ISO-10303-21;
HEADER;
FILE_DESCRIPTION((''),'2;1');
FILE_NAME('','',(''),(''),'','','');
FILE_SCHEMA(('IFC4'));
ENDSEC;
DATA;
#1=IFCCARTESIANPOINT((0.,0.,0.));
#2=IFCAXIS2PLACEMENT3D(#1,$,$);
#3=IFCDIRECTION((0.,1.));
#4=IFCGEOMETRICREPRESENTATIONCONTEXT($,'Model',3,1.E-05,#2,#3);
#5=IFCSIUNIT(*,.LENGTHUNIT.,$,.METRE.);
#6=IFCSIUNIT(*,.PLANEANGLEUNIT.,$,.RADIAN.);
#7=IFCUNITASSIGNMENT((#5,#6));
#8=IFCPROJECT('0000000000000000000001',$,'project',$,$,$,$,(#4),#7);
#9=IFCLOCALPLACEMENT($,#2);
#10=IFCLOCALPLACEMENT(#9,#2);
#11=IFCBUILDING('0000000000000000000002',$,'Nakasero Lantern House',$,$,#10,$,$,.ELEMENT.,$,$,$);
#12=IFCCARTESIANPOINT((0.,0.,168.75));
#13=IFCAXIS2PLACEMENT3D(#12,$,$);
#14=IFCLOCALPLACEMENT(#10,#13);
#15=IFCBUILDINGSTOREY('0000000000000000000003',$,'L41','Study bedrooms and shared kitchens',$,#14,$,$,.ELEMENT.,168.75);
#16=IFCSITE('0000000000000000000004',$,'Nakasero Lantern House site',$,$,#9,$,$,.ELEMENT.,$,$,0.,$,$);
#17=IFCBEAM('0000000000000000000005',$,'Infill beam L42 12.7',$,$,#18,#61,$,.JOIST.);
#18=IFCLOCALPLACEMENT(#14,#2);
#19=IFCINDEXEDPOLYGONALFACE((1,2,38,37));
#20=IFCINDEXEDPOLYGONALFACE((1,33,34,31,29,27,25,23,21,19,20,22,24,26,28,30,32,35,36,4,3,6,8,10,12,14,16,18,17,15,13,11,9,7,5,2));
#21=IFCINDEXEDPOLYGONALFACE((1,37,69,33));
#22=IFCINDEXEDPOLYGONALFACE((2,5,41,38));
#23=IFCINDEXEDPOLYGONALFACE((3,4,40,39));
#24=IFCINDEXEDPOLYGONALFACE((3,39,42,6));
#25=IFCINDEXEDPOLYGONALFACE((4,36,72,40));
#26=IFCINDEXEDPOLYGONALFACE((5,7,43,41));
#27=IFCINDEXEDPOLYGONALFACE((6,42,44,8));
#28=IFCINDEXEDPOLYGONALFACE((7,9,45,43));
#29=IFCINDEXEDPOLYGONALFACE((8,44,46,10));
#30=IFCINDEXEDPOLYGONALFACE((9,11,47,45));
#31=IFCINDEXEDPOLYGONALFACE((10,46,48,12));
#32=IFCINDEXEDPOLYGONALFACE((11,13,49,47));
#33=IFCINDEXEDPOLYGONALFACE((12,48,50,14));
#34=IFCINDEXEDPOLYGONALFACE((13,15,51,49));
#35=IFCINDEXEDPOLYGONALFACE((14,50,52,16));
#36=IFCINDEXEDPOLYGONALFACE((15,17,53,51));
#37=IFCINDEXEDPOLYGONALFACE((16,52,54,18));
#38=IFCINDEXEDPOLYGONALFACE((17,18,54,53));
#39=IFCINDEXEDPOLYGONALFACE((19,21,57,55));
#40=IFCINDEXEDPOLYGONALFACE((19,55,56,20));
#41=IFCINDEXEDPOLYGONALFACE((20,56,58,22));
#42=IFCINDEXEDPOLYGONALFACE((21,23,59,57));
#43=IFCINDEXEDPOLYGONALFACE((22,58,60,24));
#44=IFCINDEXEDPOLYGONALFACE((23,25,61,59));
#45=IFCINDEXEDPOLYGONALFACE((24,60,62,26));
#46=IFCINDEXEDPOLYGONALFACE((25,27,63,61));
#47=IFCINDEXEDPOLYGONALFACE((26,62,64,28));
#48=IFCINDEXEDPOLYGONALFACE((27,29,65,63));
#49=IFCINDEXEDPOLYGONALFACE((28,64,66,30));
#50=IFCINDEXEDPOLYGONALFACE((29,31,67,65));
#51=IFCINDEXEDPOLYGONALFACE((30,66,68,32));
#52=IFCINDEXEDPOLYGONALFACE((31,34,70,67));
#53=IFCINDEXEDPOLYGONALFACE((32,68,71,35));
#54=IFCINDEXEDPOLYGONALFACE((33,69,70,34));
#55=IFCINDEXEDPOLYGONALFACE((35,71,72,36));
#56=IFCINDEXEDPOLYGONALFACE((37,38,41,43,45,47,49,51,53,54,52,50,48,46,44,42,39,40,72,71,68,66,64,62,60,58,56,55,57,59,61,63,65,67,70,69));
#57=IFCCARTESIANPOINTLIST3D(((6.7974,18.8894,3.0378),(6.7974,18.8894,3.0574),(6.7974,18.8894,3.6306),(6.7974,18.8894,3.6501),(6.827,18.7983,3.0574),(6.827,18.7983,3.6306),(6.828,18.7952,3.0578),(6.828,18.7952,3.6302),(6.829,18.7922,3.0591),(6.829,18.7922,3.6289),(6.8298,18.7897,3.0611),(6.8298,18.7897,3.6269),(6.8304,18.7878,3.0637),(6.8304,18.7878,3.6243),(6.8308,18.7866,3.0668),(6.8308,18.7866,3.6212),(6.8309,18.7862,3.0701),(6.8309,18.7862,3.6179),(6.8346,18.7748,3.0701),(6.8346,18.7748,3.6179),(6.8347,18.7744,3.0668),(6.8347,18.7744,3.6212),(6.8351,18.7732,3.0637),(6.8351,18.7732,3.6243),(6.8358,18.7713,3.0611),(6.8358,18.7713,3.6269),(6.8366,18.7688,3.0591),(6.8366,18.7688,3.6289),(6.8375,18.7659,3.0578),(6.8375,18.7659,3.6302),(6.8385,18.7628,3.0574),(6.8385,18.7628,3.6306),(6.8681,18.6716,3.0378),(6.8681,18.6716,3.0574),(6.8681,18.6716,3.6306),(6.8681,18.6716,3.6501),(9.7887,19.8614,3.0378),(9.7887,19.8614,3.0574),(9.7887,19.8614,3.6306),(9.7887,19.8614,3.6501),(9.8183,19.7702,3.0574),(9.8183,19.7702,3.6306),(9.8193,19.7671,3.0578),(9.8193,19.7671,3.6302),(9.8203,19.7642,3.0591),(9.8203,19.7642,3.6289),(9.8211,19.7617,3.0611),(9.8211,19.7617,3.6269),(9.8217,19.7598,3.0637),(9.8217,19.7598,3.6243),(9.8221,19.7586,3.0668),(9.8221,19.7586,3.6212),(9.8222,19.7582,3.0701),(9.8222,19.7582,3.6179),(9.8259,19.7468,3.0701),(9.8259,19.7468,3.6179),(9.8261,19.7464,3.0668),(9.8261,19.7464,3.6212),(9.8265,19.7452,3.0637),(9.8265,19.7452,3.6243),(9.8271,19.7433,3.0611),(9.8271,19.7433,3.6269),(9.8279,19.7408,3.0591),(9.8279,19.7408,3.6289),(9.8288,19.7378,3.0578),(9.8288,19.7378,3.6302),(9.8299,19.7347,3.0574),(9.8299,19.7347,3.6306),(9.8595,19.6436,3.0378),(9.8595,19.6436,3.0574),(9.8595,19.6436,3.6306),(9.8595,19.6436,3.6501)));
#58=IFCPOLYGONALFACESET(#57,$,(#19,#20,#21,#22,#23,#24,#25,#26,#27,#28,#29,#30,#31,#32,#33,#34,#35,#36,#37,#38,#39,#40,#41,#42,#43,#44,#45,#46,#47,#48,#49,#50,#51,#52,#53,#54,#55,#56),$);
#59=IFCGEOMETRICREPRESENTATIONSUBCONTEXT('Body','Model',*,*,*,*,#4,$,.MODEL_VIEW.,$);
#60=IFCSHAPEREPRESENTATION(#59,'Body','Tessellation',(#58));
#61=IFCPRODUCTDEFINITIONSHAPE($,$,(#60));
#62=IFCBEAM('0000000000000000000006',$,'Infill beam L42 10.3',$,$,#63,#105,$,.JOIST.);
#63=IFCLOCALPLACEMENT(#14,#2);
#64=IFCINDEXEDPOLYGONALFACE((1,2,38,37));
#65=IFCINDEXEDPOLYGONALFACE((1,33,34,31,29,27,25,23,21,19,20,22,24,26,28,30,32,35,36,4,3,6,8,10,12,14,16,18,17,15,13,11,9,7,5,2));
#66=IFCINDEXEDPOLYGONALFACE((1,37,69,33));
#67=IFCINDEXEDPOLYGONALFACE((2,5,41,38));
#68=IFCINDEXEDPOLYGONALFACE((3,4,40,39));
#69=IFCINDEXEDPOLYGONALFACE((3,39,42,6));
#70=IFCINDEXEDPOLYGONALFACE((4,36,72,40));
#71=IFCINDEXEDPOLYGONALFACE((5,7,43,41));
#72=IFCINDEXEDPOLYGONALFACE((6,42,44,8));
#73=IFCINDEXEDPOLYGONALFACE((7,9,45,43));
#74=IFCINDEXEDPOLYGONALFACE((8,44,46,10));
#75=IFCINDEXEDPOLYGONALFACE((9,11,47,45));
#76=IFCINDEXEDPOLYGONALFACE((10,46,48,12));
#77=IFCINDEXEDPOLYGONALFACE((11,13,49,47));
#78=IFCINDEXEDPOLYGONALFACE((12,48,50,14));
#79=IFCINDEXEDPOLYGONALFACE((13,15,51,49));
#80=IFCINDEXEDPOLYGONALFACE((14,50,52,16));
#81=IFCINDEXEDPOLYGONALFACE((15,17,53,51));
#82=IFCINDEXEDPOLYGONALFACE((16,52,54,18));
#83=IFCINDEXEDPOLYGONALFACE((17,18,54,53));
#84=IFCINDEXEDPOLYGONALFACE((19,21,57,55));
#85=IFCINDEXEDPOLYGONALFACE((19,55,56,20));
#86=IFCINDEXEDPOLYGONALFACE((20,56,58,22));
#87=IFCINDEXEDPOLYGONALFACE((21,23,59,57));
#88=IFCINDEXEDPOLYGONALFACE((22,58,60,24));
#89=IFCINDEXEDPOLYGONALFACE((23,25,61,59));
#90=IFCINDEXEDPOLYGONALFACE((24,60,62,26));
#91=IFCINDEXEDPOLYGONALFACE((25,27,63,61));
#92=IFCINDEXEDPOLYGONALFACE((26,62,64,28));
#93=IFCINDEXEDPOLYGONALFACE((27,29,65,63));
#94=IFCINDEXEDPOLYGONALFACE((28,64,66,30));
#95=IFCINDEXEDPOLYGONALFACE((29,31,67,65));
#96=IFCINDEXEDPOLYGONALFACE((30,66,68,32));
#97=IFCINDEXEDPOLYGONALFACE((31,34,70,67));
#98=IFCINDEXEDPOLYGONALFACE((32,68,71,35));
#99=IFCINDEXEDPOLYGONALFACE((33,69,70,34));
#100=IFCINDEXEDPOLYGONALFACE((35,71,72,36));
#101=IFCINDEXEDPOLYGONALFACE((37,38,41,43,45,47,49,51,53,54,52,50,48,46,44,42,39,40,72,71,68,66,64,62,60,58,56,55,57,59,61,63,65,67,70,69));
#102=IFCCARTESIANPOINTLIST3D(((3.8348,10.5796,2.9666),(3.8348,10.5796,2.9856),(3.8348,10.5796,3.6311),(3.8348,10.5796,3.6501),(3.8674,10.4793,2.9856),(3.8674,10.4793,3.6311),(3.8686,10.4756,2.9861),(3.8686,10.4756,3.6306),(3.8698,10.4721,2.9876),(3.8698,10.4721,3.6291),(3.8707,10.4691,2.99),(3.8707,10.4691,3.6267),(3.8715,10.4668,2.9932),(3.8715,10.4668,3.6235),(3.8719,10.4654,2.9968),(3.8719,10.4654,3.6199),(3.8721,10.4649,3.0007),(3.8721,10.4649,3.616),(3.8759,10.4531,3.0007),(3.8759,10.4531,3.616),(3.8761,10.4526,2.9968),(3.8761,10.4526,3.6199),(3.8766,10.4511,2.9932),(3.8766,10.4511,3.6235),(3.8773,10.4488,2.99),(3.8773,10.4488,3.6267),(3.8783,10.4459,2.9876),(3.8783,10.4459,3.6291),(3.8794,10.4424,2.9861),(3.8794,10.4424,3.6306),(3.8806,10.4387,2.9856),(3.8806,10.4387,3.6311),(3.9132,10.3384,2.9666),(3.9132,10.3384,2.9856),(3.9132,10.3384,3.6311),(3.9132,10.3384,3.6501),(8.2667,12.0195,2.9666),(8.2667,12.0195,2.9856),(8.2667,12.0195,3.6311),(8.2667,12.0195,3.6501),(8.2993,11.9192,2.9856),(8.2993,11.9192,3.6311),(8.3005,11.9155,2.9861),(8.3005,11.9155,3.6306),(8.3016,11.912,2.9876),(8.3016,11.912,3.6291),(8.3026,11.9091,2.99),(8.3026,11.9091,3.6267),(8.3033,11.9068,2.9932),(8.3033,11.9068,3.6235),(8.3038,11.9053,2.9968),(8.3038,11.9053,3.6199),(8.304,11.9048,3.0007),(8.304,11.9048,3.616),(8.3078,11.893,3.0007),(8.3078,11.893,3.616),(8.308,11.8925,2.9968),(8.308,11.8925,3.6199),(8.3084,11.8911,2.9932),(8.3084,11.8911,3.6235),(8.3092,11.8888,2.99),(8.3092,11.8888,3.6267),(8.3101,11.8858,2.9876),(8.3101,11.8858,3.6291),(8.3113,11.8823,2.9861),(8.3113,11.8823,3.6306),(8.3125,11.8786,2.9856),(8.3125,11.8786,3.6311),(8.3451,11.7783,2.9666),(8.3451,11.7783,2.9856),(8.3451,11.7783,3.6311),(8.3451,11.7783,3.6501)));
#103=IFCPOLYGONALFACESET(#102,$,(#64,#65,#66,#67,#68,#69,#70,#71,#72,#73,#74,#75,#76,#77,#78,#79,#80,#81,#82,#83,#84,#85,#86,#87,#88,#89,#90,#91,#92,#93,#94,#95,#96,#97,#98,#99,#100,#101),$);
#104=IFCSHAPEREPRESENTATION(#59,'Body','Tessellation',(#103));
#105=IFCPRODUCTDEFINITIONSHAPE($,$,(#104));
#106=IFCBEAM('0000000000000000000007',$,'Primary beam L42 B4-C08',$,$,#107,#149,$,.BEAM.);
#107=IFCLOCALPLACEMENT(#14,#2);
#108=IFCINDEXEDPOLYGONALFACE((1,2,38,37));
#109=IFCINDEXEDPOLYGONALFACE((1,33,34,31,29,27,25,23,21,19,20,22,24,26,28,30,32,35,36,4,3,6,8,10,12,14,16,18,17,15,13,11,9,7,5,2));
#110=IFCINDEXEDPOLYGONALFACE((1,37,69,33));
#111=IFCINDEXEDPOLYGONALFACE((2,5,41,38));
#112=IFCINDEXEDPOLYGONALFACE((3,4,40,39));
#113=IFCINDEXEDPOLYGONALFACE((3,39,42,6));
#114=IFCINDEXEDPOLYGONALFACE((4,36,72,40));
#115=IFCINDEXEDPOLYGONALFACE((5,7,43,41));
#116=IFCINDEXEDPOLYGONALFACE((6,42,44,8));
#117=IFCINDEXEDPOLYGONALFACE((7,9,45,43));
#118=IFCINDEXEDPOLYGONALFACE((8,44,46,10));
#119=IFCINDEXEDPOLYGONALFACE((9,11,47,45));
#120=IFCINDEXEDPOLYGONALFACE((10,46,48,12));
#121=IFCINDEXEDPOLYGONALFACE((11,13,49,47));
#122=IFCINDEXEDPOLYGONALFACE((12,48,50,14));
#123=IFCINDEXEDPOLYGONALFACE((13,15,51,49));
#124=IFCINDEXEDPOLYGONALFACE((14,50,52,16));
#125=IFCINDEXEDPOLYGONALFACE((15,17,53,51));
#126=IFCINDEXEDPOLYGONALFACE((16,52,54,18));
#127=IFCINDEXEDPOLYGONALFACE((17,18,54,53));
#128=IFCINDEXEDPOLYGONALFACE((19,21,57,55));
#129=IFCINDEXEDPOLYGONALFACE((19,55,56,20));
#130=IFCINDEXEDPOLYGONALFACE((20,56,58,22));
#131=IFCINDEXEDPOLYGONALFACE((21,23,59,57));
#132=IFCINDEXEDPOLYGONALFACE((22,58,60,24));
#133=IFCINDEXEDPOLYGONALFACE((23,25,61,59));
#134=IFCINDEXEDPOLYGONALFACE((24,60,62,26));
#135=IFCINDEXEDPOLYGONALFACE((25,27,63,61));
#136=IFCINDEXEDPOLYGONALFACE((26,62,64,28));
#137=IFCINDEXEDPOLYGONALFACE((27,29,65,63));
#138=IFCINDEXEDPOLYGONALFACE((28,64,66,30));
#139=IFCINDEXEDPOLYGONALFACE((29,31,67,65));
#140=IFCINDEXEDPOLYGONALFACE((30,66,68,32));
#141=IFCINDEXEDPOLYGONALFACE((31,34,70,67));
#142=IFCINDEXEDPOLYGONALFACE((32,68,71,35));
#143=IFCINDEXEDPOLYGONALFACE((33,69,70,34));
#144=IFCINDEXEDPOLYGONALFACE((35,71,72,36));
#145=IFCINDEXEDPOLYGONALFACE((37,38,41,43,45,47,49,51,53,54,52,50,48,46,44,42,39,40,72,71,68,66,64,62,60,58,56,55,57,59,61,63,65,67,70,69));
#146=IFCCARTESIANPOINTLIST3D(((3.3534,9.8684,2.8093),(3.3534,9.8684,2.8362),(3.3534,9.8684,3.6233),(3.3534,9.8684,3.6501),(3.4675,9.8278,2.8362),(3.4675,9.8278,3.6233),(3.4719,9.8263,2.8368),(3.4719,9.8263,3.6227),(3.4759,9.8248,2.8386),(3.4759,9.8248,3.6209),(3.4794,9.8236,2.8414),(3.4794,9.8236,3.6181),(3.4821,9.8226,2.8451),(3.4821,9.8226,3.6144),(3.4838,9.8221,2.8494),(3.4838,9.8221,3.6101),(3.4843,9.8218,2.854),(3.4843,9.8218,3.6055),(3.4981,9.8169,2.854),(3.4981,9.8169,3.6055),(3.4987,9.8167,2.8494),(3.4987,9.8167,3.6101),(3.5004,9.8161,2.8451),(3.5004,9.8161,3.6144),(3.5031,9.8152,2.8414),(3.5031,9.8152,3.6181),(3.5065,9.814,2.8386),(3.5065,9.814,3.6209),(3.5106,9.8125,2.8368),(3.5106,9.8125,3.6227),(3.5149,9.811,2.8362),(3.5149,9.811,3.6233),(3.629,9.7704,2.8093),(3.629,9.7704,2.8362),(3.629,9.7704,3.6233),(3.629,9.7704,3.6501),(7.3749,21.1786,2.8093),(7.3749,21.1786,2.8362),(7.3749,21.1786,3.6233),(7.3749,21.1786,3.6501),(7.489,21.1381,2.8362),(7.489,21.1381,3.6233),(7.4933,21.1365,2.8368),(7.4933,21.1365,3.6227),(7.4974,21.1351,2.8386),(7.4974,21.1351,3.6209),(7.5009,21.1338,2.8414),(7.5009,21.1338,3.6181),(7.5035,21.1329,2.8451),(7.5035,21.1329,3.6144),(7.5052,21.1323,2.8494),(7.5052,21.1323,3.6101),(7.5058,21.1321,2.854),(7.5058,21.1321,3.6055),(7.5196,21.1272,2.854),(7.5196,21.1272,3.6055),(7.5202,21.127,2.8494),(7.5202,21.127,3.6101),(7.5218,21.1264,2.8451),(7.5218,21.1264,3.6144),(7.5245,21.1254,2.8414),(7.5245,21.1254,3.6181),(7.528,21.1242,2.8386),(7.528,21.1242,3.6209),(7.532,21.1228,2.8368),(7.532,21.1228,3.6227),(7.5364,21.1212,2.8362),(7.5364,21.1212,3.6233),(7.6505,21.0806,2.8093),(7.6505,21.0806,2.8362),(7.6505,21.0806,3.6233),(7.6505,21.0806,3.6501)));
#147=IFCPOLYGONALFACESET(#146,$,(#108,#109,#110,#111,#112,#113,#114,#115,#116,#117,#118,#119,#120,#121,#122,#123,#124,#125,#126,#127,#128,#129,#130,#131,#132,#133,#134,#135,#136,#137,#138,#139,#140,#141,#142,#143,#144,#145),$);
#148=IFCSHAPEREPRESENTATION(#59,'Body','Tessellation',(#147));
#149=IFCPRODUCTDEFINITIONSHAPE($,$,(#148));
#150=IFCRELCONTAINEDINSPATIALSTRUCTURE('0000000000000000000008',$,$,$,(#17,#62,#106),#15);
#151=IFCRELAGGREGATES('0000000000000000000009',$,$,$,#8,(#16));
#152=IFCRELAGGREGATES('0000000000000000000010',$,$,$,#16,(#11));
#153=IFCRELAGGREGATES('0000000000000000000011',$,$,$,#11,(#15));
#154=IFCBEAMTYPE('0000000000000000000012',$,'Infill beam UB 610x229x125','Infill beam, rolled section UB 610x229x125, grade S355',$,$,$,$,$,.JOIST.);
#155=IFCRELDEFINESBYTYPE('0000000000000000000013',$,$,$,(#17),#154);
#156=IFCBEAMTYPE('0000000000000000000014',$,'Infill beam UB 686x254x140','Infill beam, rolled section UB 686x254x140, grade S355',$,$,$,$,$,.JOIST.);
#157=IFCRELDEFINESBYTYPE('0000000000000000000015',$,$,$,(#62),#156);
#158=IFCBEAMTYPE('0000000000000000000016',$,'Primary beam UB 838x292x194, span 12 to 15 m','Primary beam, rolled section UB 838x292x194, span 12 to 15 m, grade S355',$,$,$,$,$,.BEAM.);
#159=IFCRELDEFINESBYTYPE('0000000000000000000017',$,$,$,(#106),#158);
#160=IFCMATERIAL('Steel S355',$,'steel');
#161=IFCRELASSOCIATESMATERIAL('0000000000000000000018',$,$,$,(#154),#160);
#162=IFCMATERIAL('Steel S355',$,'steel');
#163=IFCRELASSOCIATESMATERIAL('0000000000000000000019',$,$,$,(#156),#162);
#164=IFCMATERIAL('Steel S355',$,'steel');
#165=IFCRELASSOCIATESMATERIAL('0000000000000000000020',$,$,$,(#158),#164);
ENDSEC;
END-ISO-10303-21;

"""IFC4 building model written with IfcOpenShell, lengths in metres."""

from ifc_helpers import new_model, si_unit, direction, frame, origin, origin_2d, place, context, subcontext, project, spatial, i_section, extrude, material, material_profile, profile_set, type_object, element, save


model = new_model("IFC4")

# Units and contexts
model_context = context("Model", 3, precision=1e-05, world=origin(), true_north=direction((0.0, 1.0)))
body_context = subcontext(model_context, "Body", "Model", "MODEL_VIEW")
ifc_project = project(units=[si_unit("LENGTHUNIT", "METRE"), si_unit("PLANEANGLEUNIT", "RADIAN")], contexts=[model_context])

# Site, building, storey
site_placement = place(None, origin())
site = spatial("IfcSite", under=ifc_project, at=site_placement, Name="Nakasero Lantern House site", CompositionType="ELEMENT", RefElevation=0.0)
building_placement = place(site_placement, origin())
building = spatial("IfcBuilding", under=site, at=building_placement, Name="Nakasero Lantern House", CompositionType="ELEMENT")
storey_placement = place(building_placement, frame((0.0, 0.0, 168.75)))
storey = spatial("IfcBuildingStorey", under=building, at=storey_placement, Name="L41", Description="Study bedrooms and shared kitchens", CompositionType="ELEMENT", Elevation=168.75)

# Beams
ifc_material_1 = material(Name="Steel S355", Category="steel")
ifc_material_profile_1 = material_profile(ifc_material_1, i_section(OverallWidth=0.229, OverallDepth=0.6123, WebThickness=0.012, FlangeThickness=0.0195, FilletRadius=0.0127, at=origin_2d()), Name="UB 610x229x125")
ifc_profile_set_1 = profile_set([ifc_material_profile_1], Name="Steel S355")
beam_type_1 = type_object("IfcBeamType", Name="Infill beam UB 610x229x125", Description="Infill beam, rolled section UB 610x229x125, grade S355", PredefinedType="JOIST", material=ifc_profile_set_1)
beam_1_placement = place(storey_placement, frame((6.8328, 18.7805, 3.344), z_axis=(0.951055, 0.309023, 0.0), x_axis=(-0.309023, 0.951055, 0.0)))
element("IfcBeam", 1, at=beam_1_placement, inside=storey, type_object=beam_type_1, Name="Infill beam L42 12.7", PredefinedType="JOIST", context=body_context, shape_type="SweptSolid", body=[
    extrude(i_section(OverallWidth=0.229, OverallDepth=0.6123, WebThickness=0.012, FlangeThickness=0.0195, FilletRadius=0.0127, at=origin_2d()), origin(), (0.0, 0.0, 1.0), 3.1453),
])
ifc_material_2 = material(Name="Steel S355", Category="steel")
ifc_material_profile_2 = material_profile(ifc_material_2, i_section(OverallWidth=0.2537, OverallDepth=0.6836, WebThickness=0.0125, FlangeThickness=0.019, FilletRadius=0.0151, at=origin_2d()), Name="UB 686x254x140")
ifc_profile_set_2 = profile_set([ifc_material_profile_2], Name="Steel S355")
beam_type_2 = type_object("IfcBeamType", Name="Infill beam UB 686x254x140", Description="Infill beam, rolled section UB 686x254x140, grade S355", PredefinedType="JOIST", material=ifc_profile_set_2)
beam_2_placement = place(storey_placement, frame((3.874, 10.459, 3.3083), z_axis=(0.951061, 0.309004, 0.0), x_axis=(-0.309004, 0.951061, 0.0)))
element("IfcBeam", 2, at=beam_2_placement, inside=storey, type_object=beam_type_2, Name="Infill beam L42 10.3", PredefinedType="JOIST", context=body_context, shape_type="SweptSolid", body=[
    extrude(i_section(OverallWidth=0.2537, OverallDepth=0.6836, WebThickness=0.0125, FlangeThickness=0.019, FilletRadius=0.0151, at=origin_2d()), origin(), (0.0, 0.0, 1.0), 4.6599),
])
ifc_material_3 = material(Name="Steel S355", Category="steel")
ifc_material_profile_3 = material_profile(ifc_material_3, i_section(OverallWidth=0.2925, OverallDepth=0.8408, WebThickness=0.0146, FlangeThickness=0.0269, FilletRadius=0.0178, at=origin_2d()), Name="UB 838x292x194")
ifc_profile_set_3 = profile_set([ifc_material_profile_3], Name="Steel S355")
beam_type_3 = type_object("IfcBeamType", Name="Primary beam UB 838x292x194, span 12 to 15 m", Description="Primary beam, rolled section UB 838x292x194, span 12 to 15 m, grade S355", PredefinedType="BEAM", material=ifc_profile_set_3)
beam_3_placement = place(storey_placement, frame((7.5127, 21.1296, 3.2297), z_axis=(-0.335013, -0.942214, 0.0), x_axis=(0.942214, -0.335013, 0.0)))
element("IfcBeam", 3, at=beam_3_placement, inside=storey, type_object=beam_type_3, Name="Primary beam L42 B4-C08", PredefinedType="BEAM", context=body_context, shape_type="SweptSolid", body=[
    extrude(i_section(OverallWidth=0.2925, OverallDepth=0.8408, WebThickness=0.0146, FlangeThickness=0.0269, FilletRadius=0.0178, at=origin_2d()), origin(), (0.0, 0.0, 1.0), 12.0039),
])

save(model, "model.ifc")
